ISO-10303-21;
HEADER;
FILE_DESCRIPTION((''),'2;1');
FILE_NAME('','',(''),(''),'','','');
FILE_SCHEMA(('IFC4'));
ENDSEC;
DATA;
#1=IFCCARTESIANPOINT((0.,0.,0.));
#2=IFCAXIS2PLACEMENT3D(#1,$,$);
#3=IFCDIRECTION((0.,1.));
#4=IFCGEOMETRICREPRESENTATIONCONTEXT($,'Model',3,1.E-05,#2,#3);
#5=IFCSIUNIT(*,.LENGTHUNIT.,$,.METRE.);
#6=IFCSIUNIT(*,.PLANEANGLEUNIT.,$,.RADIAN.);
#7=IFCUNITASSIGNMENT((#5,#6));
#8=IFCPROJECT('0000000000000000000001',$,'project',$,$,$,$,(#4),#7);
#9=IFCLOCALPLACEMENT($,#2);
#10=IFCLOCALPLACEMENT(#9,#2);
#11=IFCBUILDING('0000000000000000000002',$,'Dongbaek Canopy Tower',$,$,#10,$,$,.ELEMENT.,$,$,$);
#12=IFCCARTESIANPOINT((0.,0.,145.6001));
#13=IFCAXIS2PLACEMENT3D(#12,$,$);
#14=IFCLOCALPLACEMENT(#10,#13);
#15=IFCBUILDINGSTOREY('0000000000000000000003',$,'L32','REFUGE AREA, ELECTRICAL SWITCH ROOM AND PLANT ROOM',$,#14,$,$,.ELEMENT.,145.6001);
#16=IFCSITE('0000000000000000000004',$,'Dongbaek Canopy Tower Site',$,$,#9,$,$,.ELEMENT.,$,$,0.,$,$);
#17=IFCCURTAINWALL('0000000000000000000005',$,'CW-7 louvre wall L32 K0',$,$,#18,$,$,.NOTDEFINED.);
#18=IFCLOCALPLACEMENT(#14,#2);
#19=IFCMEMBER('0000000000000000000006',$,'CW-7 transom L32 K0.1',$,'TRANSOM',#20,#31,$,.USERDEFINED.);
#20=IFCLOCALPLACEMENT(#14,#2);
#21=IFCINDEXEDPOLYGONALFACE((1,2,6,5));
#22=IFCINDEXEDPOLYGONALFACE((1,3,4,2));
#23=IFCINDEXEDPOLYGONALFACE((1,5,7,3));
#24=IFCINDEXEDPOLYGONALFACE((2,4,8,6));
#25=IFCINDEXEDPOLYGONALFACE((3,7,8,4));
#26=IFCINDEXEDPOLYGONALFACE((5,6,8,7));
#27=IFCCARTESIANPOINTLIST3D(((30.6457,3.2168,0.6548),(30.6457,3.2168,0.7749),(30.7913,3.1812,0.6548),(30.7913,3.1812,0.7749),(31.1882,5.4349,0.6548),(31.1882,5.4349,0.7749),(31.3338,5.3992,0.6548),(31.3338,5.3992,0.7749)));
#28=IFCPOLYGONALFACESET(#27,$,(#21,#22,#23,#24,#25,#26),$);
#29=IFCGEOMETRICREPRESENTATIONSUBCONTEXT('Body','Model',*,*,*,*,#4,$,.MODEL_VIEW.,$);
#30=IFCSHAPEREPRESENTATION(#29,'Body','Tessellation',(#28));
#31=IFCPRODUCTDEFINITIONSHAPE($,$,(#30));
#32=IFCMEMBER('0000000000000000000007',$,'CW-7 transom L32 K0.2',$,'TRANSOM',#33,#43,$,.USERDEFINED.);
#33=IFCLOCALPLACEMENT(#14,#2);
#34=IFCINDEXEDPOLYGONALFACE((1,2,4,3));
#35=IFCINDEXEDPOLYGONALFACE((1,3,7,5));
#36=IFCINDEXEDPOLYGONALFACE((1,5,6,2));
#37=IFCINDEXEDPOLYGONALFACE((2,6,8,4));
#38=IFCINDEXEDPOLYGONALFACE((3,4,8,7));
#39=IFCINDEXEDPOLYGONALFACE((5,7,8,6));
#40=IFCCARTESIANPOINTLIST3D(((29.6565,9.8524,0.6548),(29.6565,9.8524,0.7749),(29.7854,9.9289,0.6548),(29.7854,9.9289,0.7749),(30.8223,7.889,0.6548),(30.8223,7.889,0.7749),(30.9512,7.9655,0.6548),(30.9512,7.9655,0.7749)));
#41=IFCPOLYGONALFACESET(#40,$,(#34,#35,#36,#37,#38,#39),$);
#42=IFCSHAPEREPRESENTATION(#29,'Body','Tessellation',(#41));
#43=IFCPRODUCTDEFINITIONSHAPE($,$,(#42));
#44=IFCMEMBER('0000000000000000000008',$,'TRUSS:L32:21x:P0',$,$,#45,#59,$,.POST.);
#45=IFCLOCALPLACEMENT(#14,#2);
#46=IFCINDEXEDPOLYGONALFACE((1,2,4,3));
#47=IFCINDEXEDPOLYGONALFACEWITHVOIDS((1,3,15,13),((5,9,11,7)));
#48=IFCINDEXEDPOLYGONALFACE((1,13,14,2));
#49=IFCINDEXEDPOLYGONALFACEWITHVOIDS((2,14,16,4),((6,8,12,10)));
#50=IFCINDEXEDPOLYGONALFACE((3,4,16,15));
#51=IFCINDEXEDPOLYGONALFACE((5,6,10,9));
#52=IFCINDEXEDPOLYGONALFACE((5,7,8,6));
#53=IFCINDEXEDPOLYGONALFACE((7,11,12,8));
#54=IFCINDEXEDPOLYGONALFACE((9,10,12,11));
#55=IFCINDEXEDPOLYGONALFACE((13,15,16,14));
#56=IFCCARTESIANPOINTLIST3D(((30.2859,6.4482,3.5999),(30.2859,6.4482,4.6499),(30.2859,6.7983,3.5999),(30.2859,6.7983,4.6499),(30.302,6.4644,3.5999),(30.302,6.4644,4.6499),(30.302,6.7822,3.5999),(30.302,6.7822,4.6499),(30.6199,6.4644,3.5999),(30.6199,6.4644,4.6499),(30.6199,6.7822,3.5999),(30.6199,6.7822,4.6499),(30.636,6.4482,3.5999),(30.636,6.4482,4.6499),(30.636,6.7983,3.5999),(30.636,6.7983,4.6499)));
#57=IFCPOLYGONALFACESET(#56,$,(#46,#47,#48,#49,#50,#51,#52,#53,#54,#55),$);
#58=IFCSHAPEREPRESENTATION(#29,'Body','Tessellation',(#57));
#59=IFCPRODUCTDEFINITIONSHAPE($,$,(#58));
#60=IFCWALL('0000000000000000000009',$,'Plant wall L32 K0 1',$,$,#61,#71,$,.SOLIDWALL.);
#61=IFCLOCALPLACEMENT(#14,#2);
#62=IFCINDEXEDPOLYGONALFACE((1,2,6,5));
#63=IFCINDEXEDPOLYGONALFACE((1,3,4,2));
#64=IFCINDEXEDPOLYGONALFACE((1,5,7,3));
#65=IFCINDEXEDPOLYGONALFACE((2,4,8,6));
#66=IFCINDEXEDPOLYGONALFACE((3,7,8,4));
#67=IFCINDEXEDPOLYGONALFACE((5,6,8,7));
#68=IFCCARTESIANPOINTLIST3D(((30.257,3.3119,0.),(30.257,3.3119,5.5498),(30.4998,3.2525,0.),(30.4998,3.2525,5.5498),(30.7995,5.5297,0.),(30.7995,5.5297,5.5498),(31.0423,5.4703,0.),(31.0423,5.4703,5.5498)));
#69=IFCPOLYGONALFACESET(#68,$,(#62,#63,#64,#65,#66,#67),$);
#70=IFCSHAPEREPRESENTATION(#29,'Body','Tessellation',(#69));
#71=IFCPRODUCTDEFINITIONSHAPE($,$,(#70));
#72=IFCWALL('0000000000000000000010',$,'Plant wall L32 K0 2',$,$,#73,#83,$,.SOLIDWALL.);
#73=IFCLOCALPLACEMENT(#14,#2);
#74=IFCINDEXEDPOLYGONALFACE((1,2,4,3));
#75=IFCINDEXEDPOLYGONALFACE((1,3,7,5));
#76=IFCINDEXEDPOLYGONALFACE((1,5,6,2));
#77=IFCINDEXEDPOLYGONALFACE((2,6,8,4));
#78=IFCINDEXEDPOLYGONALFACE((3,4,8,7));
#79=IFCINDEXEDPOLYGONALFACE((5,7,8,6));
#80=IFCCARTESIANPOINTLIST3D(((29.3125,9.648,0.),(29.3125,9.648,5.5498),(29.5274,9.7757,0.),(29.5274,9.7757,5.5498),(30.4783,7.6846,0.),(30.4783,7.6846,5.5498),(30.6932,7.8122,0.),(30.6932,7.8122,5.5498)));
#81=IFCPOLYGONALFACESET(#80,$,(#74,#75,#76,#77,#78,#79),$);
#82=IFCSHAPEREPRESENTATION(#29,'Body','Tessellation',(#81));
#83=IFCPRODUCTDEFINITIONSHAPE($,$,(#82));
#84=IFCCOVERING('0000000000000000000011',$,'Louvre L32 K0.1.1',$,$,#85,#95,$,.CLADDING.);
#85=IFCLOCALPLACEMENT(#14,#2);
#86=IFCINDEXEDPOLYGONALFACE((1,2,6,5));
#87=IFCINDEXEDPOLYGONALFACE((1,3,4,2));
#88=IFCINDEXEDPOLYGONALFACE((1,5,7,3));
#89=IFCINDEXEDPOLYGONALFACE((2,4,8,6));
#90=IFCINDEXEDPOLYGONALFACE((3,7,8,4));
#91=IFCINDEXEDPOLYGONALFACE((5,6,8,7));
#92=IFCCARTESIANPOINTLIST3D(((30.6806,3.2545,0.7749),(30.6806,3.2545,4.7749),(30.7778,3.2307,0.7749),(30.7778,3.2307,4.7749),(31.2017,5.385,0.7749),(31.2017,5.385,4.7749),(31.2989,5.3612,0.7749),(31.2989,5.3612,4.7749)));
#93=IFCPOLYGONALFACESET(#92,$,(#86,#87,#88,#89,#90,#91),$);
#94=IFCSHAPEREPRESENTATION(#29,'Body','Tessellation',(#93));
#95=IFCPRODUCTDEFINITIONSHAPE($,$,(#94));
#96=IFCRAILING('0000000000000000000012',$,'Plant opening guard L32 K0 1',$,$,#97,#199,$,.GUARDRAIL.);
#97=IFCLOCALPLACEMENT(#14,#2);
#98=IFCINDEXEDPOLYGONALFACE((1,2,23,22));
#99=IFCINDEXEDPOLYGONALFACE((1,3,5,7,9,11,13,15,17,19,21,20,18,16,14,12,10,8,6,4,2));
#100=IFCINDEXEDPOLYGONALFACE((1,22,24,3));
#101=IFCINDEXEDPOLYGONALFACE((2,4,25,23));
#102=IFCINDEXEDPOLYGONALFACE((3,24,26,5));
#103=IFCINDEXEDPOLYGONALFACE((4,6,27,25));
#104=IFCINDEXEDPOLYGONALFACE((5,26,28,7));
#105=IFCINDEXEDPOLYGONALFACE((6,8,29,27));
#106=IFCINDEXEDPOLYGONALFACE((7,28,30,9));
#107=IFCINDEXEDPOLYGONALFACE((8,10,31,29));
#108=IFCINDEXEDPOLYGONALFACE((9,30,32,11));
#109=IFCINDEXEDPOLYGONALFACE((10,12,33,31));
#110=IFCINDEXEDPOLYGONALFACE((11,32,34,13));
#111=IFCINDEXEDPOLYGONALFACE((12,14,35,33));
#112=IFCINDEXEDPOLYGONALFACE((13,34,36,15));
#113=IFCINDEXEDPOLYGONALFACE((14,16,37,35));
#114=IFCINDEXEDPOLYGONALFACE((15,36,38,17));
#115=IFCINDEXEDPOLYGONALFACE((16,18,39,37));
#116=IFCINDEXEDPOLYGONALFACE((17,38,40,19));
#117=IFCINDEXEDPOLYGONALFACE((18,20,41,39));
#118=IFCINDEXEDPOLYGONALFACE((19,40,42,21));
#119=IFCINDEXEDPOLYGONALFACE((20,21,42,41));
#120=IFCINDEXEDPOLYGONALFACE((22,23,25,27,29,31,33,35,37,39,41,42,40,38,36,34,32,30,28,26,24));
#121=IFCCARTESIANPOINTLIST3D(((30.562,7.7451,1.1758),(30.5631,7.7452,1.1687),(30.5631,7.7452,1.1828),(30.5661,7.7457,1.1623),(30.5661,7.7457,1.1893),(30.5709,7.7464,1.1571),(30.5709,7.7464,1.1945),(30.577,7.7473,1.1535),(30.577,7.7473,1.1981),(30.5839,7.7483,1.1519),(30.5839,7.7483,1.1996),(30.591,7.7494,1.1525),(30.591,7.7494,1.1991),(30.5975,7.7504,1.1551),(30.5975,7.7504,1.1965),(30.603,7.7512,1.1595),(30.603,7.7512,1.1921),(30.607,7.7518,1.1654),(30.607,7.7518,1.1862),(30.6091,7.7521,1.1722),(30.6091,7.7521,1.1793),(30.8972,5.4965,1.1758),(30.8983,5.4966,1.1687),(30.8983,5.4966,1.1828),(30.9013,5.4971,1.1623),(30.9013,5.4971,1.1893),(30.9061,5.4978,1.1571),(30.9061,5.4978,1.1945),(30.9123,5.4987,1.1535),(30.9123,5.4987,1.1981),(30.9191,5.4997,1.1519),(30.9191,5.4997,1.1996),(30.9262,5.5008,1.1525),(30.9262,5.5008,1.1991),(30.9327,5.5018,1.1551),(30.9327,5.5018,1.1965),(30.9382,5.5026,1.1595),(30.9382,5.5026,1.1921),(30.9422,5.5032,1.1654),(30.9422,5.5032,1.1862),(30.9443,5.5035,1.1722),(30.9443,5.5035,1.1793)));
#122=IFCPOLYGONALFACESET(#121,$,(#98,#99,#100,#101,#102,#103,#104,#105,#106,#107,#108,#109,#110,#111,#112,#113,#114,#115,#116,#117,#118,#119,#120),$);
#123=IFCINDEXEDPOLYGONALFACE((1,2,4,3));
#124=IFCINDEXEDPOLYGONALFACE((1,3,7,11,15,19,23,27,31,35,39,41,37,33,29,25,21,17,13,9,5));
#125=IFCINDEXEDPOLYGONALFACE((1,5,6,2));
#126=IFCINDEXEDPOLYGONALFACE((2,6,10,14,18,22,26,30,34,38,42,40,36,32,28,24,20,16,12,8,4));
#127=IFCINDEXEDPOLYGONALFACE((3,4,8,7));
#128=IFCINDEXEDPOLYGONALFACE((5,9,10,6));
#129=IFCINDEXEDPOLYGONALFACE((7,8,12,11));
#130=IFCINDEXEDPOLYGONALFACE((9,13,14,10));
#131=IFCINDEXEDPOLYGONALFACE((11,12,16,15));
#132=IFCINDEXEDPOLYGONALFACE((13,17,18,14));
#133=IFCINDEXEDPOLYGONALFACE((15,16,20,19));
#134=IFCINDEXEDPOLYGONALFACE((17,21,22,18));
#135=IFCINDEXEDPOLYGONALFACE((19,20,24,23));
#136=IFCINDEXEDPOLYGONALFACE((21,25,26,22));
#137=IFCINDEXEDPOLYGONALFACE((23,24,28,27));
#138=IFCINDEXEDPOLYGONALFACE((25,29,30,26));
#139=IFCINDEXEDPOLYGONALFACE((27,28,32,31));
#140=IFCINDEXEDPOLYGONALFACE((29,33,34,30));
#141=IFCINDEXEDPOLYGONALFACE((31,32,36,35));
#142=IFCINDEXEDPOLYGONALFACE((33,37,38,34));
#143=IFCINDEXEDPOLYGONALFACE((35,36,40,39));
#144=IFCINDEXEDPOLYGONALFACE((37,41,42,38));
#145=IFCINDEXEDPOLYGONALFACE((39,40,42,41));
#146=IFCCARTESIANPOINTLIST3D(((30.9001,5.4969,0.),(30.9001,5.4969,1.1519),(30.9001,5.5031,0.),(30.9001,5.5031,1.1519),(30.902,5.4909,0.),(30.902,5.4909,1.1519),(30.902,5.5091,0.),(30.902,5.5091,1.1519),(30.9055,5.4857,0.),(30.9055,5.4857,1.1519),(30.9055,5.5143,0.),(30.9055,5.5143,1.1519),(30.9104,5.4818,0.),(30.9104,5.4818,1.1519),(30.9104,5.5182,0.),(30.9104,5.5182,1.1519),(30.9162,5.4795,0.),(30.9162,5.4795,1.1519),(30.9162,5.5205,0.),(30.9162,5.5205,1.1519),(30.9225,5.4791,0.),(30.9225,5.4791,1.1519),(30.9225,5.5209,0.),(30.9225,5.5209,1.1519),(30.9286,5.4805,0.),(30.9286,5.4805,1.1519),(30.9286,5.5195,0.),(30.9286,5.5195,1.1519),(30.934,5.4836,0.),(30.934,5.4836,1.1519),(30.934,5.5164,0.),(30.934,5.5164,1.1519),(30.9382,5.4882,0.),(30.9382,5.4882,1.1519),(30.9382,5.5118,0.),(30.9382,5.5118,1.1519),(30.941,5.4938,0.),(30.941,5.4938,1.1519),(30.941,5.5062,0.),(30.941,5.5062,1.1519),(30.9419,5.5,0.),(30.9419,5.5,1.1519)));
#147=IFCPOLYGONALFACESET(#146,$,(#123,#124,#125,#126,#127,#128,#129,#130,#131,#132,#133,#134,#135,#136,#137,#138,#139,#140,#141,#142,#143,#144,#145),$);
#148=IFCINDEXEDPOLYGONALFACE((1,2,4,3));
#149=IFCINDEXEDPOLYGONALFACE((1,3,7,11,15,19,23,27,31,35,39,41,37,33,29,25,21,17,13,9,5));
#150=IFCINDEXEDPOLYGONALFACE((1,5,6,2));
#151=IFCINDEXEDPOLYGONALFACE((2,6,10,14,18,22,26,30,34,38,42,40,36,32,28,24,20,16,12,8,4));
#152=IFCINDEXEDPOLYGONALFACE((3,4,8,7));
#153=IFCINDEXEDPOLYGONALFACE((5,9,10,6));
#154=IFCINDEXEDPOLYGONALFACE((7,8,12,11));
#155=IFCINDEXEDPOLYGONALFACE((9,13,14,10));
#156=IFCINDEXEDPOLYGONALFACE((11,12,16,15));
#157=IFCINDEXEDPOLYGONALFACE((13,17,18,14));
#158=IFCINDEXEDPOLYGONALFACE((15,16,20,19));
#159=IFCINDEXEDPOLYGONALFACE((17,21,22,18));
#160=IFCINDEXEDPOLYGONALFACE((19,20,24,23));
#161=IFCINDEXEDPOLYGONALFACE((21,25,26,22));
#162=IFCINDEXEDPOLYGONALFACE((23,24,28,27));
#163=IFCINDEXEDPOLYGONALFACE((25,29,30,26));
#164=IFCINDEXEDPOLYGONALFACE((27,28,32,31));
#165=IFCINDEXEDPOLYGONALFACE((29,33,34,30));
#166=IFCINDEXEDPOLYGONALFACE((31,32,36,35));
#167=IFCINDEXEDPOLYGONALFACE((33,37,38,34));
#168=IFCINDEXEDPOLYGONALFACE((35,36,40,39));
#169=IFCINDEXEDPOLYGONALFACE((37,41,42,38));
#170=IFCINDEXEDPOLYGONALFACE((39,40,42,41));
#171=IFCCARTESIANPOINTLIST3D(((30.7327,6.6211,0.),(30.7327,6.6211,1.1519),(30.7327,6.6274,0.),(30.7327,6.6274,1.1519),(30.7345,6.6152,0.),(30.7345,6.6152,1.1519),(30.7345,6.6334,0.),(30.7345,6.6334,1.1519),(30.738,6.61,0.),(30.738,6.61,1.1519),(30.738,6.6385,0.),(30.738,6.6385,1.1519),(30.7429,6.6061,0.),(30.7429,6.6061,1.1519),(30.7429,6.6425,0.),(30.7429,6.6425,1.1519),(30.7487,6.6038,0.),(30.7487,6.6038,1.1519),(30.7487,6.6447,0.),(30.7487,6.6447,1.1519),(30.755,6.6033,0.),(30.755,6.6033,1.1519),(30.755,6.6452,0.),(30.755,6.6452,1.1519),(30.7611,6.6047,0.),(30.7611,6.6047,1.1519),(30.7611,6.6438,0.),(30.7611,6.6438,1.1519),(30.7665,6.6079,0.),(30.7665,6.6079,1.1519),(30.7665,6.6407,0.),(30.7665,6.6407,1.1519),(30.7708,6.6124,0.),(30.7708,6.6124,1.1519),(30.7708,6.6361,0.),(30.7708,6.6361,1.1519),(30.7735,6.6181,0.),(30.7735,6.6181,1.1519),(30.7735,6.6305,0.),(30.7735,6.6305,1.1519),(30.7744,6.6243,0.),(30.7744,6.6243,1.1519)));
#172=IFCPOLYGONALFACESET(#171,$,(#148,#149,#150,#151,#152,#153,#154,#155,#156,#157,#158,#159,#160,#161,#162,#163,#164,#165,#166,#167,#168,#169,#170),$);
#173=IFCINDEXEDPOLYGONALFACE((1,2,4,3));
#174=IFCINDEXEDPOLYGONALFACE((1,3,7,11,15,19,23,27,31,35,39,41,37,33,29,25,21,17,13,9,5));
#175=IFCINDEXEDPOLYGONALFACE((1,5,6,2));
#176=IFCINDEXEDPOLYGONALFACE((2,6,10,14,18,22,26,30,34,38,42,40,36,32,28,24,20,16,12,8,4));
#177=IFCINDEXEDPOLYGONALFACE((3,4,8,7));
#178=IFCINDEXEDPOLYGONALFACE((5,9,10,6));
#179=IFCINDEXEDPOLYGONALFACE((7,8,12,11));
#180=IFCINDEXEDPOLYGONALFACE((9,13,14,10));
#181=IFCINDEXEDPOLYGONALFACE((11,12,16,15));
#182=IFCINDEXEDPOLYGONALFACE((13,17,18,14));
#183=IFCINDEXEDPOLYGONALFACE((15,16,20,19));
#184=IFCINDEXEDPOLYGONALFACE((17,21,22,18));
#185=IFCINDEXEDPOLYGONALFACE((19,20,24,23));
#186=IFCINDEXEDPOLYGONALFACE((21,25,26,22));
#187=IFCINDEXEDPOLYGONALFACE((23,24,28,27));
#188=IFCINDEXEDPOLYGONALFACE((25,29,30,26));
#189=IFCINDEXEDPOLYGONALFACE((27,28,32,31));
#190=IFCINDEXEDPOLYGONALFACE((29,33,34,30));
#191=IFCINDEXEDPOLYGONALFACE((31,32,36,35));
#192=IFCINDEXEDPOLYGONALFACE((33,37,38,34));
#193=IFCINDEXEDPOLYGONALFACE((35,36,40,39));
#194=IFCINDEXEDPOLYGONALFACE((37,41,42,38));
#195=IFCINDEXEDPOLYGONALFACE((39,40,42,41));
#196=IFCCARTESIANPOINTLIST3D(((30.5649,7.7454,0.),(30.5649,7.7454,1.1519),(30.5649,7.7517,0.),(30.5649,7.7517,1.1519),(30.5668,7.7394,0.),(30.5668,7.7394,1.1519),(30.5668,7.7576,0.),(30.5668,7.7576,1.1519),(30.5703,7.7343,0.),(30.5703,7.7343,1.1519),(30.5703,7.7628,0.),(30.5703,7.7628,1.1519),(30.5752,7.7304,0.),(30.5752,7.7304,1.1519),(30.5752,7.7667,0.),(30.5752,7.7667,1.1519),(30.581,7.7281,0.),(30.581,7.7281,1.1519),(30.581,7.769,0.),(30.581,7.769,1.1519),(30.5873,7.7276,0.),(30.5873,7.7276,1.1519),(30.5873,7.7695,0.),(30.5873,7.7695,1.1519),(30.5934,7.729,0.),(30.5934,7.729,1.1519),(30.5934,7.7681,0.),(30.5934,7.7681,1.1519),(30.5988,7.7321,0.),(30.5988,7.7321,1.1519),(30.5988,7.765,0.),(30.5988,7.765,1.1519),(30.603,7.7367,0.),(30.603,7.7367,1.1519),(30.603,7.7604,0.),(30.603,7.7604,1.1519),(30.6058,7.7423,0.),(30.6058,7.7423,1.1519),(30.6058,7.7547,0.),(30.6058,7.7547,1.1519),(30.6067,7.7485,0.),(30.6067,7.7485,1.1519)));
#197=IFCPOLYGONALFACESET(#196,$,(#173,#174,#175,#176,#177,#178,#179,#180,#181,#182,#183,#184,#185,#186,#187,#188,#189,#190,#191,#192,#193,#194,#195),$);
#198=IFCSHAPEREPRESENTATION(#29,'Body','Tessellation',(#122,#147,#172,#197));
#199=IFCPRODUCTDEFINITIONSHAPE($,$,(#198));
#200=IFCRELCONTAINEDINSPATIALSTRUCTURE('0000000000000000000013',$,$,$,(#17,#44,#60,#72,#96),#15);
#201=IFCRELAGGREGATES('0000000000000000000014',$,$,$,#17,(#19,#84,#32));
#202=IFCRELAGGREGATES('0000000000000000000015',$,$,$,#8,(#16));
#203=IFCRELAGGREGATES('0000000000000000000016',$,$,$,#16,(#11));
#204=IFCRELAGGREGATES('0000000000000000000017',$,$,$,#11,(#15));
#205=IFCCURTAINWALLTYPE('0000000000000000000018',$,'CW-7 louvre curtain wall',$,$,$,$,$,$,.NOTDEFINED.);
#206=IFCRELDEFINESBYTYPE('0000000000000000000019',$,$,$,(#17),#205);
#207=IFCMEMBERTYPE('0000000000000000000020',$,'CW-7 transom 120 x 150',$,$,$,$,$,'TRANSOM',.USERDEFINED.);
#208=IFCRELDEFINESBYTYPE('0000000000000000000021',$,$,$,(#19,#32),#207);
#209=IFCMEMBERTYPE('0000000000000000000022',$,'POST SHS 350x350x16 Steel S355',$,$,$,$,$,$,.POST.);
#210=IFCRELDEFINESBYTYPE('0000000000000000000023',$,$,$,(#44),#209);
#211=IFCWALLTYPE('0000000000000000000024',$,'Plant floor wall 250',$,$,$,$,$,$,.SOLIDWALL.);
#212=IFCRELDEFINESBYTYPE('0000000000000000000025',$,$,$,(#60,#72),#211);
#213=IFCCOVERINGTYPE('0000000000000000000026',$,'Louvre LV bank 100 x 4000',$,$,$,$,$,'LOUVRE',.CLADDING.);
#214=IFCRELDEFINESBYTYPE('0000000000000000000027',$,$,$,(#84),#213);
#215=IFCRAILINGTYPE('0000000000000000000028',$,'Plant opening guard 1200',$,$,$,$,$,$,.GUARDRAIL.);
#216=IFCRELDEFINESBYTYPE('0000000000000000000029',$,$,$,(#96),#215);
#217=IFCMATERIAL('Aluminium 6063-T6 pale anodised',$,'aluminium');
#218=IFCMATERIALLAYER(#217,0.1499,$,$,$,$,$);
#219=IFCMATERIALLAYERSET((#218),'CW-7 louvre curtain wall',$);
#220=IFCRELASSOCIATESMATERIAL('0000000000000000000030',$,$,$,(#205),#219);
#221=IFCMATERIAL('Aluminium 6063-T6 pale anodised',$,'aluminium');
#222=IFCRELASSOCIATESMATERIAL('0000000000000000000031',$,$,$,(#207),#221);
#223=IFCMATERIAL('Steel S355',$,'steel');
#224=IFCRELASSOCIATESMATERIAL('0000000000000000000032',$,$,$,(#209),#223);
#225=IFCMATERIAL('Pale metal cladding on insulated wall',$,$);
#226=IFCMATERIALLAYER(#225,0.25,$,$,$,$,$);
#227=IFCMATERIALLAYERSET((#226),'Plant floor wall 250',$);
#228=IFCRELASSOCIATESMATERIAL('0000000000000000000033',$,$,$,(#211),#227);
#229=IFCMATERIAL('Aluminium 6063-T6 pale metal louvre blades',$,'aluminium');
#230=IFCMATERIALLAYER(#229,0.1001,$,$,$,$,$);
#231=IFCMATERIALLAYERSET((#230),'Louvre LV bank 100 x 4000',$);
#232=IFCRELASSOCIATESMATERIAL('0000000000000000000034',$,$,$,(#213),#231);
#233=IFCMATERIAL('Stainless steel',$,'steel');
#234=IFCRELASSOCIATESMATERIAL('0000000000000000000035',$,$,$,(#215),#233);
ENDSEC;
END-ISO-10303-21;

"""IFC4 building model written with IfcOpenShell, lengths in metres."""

from ifc_helpers import new_model, si_unit, direction, frame, frame_2d, origin, origin_2d, place, context, subcontext, project, spatial, rectangle, hollow_rectangle, circle, extrude, material, layer, layer_set, material_profile, profile_set, type_object, element, aggregate, save


model = new_model("IFC4")

# Units and contexts
model_context = context("Model", 3, precision=1e-05, world=origin(), true_north=direction((0.0, 1.0)))
body_context = subcontext(model_context, "Body", "Model", "MODEL_VIEW")
ifc_project = project(units=[si_unit("LENGTHUNIT", "METRE"), si_unit("PLANEANGLEUNIT", "RADIAN")], contexts=[model_context])

# Site, building, storey
site_placement = place(None, origin())
site = spatial("IfcSite", under=ifc_project, at=site_placement, Name="Dongbaek Canopy Tower Site", CompositionType="ELEMENT", RefElevation=0.0)
building_placement = place(site_placement, origin())
building = spatial("IfcBuilding", under=site, at=building_placement, Name="Dongbaek Canopy Tower", CompositionType="ELEMENT")
storey_placement = place(building_placement, frame((0.0, 0.0, 145.6001)))
storey = spatial("IfcBuildingStorey", under=building, at=storey_placement, Name="L32", Description="REFUGE AREA, ELECTRICAL SWITCH ROOM AND PLANT ROOM", CompositionType="ELEMENT", Elevation=145.6001)

# Curtain wall
ifc_material_1 = material(Name="Aluminium 6063-T6 pale anodised", Category="aluminium")
ifc_layer_1 = layer(ifc_material_1, 0.1499)
ifc_layer_set_1 = layer_set([ifc_layer_1], Name="CW-7 louvre curtain wall")
curtain_wall_type = type_object("IfcCurtainWallType", Name="CW-7 louvre curtain wall", PredefinedType="NOTDEFINED", material=ifc_layer_set_1)
curtain_wall_1_placement = place(storey_placement, origin())
curtain_wall_1 = element("IfcCurtainWall", 1, at=curtain_wall_1_placement, inside=storey, type_object=curtain_wall_type, Name="CW-7 louvre wall L32 K0", PredefinedType="NOTDEFINED")

# Members
ifc_material_2 = material(Name="Aluminium 6063-T6 pale anodised", Category="aluminium")
ifc_material_profile_1 = material_profile(ifc_material_2, rectangle(XDim=0.1499, YDim=0.1201, at=origin_2d()), Name="CW-7 transom 120 x 150")
ifc_profile_set_1 = profile_set([ifc_material_profile_1], Name="Aluminium 6063-T6 pale anodised")
member_type_1 = type_object("IfcMemberType", Name="CW-7 transom 120 x 150", ElementType="TRANSOM", PredefinedType="USERDEFINED", material=ifc_profile_set_1)
member_1_placement = place(storey_placement, frame((30.7185, 3.199, 0.7148), z_axis=(0.237576, 0.971369, 0.0), x_axis=(-0.971369, 0.237576, 0.0)))
member_1 = element("IfcMember", 2, at=member_1_placement, type_object=member_type_1, Name="CW-7 transom L32 K0.1", ObjectType="TRANSOM", PredefinedType="USERDEFINED", context=body_context, shape_type="SweptSolid", body=[
    extrude(rectangle(XDim=0.1499, YDim=0.1201, at=origin_2d()), origin(), (0.0, 0.0, 1.0), 2.2834),
])
member_2_placement = place(storey_placement, frame((30.8867, 7.9272, 0.7148), z_axis=(-0.510544, 0.859852, 0.0), x_axis=(-0.859852, -0.510544, 0.0)))
member_2 = element("IfcMember", 3, at=member_2_placement, type_object=member_type_1, Name="CW-7 transom L32 K0.2", ObjectType="TRANSOM", PredefinedType="USERDEFINED", context=body_context, shape_type="SweptSolid", body=[
    extrude(rectangle(XDim=0.1499, YDim=0.1201, at=origin_2d()), origin(), (0.0, 0.0, 1.0), 2.2834),
])
ifc_material_3 = material(Name="Steel S355", Category="steel")
ifc_material_profile_2 = material_profile(ifc_material_3, hollow_rectangle(XDim=0.3501, YDim=0.3501, WallThickness=0.0161, at=origin_2d()), Name="POST SHS 350x350x16 Steel S355")
ifc_profile_set_2 = profile_set([ifc_material_profile_2], Name="Steel S355")
member_type_2 = type_object("IfcMemberType", Name="POST SHS 350x350x16 Steel S355", PredefinedType="POST", material=ifc_profile_set_2)
member_3_placement = place(storey_placement, frame((30.4609, 6.6233, 3.5999), z_axis=(0.0, 0.0, 1.0), x_axis=(1.0, 0.0, 0.0)))
element("IfcMember", 4, at=member_3_placement, inside=storey, type_object=member_type_2, Name="TRUSS:L32:21x:P0", PredefinedType="POST", context=body_context, shape_type="SweptSolid", body=[
    extrude(hollow_rectangle(XDim=0.3501, YDim=0.3501, WallThickness=0.0161, at=origin_2d()), origin(), (0.0, 0.0, 1.0), 1.05),
])

# Walls
ifc_material_4 = material(Name="Pale metal cladding on insulated wall")
ifc_layer_2 = layer(ifc_material_4, 0.25)
ifc_layer_set_2 = layer_set([ifc_layer_2], Name="Plant floor wall 250")
wall_type = type_object("IfcWallType", Name="Plant floor wall 250", PredefinedType="SOLIDWALL", material=ifc_layer_set_2)
wall_1_placement = place(storey_placement, frame((30.3784, 3.2822, 0.0), z_axis=(0.0, 0.0, 1.0), x_axis=(0.237601, 0.971363, 0.0)))
element("IfcWall", 5, at=wall_1_placement, inside=storey, type_object=wall_type, Name="Plant wall L32 K0 1", PredefinedType="SOLIDWALL", context=body_context, shape_type="SweptSolid", body=[
    extrude(rectangle(XDim=2.2832, YDim=0.25, at=frame_2d((1.1416, 0.0))), origin(), (0.0, 0.0, 1.0), 5.5498),
])
wall_2_placement = place(storey_placement, frame((30.5857, 7.7485, 0.0), z_axis=(0.0, 0.0, 1.0), x_axis=(-0.510544, 0.859852, 0.0)))
element("IfcWall", 6, at=wall_2_placement, inside=storey, type_object=wall_type, Name="Plant wall L32 K0 2", PredefinedType="SOLIDWALL", context=body_context, shape_type="SweptSolid", body=[
    extrude(rectangle(XDim=2.2834, YDim=0.25, at=frame_2d((1.1416, 0.0))), origin(), (0.0, 0.0, 1.0), 5.5498),
])

# Covering
ifc_material_5 = material(Name="Aluminium 6063-T6 pale metal louvre blades", Category="aluminium")
ifc_layer_3 = layer(ifc_material_5, 0.1001)
ifc_layer_set_3 = layer_set([ifc_layer_3], Name="Louvre LV bank 100 x 4000")
covering_type = type_object("IfcCoveringType", Name="Louvre LV bank 100 x 4000", ElementType="LOUVRE", PredefinedType="CLADDING", material=ifc_layer_set_3)
covering_placement = place(storey_placement, frame((30.9897, 4.3079, 0.7749), z_axis=(0.0, 0.0, 1.0), x_axis=(0.237585, 0.971367, 0.0)))
covering = element("IfcCovering", 7, at=covering_placement, type_object=covering_type, Name="Louvre L32 K0.1.1", PredefinedType="CLADDING", context=body_context, shape_type="SweptSolid", body=[
    extrude(rectangle(XDim=2.1934, YDim=0.1001, at=origin_2d()), origin(), (0.0, 0.0, 1.0), 4.0),
])

# Railing
ifc_material_6 = material(Name="Stainless steel", Category="steel")
railing_type = type_object("IfcRailingType", Name="Plant opening guard 1200", PredefinedType="GUARDRAIL", material=ifc_material_6)
railing_placement = place(storey_placement, frame((30.9209, 5.5, 0.0)))
element("IfcRailing", 8, at=railing_placement, inside=storey, type_object=railing_type, Name="Plant opening guard L32 K0 1", PredefinedType="GUARDRAIL", context=body_context, shape_type="SweptSolid", body=[
    extrude(circle(Radius=0.0239, at=origin_2d()), frame((0.0, 0.0, 1.1758), z_axis=(-0.147448, 0.98907, 0.0), x_axis=(-0.98907, -0.147448, 0.0)), (0.0, 0.0, 1.0), 2.2734),
    extrude(circle(Radius=0.021, at=origin_2d()), origin(), (0.0, 0.0, 1.0), 1.1519),
    extrude(circle(Radius=0.021, at=origin_2d()), frame((-0.1675, 1.1243, 0.0)), (0.0, 0.0, 1.0), 1.1519),
    extrude(circle(Radius=0.021, at=origin_2d()), frame((-0.3352, 2.2485, 0.0)), (0.0, 0.0, 1.0), 1.1519),
])

aggregate(curtain_wall_1, [member_1, covering, member_2])

save(model, "model.ifc")
